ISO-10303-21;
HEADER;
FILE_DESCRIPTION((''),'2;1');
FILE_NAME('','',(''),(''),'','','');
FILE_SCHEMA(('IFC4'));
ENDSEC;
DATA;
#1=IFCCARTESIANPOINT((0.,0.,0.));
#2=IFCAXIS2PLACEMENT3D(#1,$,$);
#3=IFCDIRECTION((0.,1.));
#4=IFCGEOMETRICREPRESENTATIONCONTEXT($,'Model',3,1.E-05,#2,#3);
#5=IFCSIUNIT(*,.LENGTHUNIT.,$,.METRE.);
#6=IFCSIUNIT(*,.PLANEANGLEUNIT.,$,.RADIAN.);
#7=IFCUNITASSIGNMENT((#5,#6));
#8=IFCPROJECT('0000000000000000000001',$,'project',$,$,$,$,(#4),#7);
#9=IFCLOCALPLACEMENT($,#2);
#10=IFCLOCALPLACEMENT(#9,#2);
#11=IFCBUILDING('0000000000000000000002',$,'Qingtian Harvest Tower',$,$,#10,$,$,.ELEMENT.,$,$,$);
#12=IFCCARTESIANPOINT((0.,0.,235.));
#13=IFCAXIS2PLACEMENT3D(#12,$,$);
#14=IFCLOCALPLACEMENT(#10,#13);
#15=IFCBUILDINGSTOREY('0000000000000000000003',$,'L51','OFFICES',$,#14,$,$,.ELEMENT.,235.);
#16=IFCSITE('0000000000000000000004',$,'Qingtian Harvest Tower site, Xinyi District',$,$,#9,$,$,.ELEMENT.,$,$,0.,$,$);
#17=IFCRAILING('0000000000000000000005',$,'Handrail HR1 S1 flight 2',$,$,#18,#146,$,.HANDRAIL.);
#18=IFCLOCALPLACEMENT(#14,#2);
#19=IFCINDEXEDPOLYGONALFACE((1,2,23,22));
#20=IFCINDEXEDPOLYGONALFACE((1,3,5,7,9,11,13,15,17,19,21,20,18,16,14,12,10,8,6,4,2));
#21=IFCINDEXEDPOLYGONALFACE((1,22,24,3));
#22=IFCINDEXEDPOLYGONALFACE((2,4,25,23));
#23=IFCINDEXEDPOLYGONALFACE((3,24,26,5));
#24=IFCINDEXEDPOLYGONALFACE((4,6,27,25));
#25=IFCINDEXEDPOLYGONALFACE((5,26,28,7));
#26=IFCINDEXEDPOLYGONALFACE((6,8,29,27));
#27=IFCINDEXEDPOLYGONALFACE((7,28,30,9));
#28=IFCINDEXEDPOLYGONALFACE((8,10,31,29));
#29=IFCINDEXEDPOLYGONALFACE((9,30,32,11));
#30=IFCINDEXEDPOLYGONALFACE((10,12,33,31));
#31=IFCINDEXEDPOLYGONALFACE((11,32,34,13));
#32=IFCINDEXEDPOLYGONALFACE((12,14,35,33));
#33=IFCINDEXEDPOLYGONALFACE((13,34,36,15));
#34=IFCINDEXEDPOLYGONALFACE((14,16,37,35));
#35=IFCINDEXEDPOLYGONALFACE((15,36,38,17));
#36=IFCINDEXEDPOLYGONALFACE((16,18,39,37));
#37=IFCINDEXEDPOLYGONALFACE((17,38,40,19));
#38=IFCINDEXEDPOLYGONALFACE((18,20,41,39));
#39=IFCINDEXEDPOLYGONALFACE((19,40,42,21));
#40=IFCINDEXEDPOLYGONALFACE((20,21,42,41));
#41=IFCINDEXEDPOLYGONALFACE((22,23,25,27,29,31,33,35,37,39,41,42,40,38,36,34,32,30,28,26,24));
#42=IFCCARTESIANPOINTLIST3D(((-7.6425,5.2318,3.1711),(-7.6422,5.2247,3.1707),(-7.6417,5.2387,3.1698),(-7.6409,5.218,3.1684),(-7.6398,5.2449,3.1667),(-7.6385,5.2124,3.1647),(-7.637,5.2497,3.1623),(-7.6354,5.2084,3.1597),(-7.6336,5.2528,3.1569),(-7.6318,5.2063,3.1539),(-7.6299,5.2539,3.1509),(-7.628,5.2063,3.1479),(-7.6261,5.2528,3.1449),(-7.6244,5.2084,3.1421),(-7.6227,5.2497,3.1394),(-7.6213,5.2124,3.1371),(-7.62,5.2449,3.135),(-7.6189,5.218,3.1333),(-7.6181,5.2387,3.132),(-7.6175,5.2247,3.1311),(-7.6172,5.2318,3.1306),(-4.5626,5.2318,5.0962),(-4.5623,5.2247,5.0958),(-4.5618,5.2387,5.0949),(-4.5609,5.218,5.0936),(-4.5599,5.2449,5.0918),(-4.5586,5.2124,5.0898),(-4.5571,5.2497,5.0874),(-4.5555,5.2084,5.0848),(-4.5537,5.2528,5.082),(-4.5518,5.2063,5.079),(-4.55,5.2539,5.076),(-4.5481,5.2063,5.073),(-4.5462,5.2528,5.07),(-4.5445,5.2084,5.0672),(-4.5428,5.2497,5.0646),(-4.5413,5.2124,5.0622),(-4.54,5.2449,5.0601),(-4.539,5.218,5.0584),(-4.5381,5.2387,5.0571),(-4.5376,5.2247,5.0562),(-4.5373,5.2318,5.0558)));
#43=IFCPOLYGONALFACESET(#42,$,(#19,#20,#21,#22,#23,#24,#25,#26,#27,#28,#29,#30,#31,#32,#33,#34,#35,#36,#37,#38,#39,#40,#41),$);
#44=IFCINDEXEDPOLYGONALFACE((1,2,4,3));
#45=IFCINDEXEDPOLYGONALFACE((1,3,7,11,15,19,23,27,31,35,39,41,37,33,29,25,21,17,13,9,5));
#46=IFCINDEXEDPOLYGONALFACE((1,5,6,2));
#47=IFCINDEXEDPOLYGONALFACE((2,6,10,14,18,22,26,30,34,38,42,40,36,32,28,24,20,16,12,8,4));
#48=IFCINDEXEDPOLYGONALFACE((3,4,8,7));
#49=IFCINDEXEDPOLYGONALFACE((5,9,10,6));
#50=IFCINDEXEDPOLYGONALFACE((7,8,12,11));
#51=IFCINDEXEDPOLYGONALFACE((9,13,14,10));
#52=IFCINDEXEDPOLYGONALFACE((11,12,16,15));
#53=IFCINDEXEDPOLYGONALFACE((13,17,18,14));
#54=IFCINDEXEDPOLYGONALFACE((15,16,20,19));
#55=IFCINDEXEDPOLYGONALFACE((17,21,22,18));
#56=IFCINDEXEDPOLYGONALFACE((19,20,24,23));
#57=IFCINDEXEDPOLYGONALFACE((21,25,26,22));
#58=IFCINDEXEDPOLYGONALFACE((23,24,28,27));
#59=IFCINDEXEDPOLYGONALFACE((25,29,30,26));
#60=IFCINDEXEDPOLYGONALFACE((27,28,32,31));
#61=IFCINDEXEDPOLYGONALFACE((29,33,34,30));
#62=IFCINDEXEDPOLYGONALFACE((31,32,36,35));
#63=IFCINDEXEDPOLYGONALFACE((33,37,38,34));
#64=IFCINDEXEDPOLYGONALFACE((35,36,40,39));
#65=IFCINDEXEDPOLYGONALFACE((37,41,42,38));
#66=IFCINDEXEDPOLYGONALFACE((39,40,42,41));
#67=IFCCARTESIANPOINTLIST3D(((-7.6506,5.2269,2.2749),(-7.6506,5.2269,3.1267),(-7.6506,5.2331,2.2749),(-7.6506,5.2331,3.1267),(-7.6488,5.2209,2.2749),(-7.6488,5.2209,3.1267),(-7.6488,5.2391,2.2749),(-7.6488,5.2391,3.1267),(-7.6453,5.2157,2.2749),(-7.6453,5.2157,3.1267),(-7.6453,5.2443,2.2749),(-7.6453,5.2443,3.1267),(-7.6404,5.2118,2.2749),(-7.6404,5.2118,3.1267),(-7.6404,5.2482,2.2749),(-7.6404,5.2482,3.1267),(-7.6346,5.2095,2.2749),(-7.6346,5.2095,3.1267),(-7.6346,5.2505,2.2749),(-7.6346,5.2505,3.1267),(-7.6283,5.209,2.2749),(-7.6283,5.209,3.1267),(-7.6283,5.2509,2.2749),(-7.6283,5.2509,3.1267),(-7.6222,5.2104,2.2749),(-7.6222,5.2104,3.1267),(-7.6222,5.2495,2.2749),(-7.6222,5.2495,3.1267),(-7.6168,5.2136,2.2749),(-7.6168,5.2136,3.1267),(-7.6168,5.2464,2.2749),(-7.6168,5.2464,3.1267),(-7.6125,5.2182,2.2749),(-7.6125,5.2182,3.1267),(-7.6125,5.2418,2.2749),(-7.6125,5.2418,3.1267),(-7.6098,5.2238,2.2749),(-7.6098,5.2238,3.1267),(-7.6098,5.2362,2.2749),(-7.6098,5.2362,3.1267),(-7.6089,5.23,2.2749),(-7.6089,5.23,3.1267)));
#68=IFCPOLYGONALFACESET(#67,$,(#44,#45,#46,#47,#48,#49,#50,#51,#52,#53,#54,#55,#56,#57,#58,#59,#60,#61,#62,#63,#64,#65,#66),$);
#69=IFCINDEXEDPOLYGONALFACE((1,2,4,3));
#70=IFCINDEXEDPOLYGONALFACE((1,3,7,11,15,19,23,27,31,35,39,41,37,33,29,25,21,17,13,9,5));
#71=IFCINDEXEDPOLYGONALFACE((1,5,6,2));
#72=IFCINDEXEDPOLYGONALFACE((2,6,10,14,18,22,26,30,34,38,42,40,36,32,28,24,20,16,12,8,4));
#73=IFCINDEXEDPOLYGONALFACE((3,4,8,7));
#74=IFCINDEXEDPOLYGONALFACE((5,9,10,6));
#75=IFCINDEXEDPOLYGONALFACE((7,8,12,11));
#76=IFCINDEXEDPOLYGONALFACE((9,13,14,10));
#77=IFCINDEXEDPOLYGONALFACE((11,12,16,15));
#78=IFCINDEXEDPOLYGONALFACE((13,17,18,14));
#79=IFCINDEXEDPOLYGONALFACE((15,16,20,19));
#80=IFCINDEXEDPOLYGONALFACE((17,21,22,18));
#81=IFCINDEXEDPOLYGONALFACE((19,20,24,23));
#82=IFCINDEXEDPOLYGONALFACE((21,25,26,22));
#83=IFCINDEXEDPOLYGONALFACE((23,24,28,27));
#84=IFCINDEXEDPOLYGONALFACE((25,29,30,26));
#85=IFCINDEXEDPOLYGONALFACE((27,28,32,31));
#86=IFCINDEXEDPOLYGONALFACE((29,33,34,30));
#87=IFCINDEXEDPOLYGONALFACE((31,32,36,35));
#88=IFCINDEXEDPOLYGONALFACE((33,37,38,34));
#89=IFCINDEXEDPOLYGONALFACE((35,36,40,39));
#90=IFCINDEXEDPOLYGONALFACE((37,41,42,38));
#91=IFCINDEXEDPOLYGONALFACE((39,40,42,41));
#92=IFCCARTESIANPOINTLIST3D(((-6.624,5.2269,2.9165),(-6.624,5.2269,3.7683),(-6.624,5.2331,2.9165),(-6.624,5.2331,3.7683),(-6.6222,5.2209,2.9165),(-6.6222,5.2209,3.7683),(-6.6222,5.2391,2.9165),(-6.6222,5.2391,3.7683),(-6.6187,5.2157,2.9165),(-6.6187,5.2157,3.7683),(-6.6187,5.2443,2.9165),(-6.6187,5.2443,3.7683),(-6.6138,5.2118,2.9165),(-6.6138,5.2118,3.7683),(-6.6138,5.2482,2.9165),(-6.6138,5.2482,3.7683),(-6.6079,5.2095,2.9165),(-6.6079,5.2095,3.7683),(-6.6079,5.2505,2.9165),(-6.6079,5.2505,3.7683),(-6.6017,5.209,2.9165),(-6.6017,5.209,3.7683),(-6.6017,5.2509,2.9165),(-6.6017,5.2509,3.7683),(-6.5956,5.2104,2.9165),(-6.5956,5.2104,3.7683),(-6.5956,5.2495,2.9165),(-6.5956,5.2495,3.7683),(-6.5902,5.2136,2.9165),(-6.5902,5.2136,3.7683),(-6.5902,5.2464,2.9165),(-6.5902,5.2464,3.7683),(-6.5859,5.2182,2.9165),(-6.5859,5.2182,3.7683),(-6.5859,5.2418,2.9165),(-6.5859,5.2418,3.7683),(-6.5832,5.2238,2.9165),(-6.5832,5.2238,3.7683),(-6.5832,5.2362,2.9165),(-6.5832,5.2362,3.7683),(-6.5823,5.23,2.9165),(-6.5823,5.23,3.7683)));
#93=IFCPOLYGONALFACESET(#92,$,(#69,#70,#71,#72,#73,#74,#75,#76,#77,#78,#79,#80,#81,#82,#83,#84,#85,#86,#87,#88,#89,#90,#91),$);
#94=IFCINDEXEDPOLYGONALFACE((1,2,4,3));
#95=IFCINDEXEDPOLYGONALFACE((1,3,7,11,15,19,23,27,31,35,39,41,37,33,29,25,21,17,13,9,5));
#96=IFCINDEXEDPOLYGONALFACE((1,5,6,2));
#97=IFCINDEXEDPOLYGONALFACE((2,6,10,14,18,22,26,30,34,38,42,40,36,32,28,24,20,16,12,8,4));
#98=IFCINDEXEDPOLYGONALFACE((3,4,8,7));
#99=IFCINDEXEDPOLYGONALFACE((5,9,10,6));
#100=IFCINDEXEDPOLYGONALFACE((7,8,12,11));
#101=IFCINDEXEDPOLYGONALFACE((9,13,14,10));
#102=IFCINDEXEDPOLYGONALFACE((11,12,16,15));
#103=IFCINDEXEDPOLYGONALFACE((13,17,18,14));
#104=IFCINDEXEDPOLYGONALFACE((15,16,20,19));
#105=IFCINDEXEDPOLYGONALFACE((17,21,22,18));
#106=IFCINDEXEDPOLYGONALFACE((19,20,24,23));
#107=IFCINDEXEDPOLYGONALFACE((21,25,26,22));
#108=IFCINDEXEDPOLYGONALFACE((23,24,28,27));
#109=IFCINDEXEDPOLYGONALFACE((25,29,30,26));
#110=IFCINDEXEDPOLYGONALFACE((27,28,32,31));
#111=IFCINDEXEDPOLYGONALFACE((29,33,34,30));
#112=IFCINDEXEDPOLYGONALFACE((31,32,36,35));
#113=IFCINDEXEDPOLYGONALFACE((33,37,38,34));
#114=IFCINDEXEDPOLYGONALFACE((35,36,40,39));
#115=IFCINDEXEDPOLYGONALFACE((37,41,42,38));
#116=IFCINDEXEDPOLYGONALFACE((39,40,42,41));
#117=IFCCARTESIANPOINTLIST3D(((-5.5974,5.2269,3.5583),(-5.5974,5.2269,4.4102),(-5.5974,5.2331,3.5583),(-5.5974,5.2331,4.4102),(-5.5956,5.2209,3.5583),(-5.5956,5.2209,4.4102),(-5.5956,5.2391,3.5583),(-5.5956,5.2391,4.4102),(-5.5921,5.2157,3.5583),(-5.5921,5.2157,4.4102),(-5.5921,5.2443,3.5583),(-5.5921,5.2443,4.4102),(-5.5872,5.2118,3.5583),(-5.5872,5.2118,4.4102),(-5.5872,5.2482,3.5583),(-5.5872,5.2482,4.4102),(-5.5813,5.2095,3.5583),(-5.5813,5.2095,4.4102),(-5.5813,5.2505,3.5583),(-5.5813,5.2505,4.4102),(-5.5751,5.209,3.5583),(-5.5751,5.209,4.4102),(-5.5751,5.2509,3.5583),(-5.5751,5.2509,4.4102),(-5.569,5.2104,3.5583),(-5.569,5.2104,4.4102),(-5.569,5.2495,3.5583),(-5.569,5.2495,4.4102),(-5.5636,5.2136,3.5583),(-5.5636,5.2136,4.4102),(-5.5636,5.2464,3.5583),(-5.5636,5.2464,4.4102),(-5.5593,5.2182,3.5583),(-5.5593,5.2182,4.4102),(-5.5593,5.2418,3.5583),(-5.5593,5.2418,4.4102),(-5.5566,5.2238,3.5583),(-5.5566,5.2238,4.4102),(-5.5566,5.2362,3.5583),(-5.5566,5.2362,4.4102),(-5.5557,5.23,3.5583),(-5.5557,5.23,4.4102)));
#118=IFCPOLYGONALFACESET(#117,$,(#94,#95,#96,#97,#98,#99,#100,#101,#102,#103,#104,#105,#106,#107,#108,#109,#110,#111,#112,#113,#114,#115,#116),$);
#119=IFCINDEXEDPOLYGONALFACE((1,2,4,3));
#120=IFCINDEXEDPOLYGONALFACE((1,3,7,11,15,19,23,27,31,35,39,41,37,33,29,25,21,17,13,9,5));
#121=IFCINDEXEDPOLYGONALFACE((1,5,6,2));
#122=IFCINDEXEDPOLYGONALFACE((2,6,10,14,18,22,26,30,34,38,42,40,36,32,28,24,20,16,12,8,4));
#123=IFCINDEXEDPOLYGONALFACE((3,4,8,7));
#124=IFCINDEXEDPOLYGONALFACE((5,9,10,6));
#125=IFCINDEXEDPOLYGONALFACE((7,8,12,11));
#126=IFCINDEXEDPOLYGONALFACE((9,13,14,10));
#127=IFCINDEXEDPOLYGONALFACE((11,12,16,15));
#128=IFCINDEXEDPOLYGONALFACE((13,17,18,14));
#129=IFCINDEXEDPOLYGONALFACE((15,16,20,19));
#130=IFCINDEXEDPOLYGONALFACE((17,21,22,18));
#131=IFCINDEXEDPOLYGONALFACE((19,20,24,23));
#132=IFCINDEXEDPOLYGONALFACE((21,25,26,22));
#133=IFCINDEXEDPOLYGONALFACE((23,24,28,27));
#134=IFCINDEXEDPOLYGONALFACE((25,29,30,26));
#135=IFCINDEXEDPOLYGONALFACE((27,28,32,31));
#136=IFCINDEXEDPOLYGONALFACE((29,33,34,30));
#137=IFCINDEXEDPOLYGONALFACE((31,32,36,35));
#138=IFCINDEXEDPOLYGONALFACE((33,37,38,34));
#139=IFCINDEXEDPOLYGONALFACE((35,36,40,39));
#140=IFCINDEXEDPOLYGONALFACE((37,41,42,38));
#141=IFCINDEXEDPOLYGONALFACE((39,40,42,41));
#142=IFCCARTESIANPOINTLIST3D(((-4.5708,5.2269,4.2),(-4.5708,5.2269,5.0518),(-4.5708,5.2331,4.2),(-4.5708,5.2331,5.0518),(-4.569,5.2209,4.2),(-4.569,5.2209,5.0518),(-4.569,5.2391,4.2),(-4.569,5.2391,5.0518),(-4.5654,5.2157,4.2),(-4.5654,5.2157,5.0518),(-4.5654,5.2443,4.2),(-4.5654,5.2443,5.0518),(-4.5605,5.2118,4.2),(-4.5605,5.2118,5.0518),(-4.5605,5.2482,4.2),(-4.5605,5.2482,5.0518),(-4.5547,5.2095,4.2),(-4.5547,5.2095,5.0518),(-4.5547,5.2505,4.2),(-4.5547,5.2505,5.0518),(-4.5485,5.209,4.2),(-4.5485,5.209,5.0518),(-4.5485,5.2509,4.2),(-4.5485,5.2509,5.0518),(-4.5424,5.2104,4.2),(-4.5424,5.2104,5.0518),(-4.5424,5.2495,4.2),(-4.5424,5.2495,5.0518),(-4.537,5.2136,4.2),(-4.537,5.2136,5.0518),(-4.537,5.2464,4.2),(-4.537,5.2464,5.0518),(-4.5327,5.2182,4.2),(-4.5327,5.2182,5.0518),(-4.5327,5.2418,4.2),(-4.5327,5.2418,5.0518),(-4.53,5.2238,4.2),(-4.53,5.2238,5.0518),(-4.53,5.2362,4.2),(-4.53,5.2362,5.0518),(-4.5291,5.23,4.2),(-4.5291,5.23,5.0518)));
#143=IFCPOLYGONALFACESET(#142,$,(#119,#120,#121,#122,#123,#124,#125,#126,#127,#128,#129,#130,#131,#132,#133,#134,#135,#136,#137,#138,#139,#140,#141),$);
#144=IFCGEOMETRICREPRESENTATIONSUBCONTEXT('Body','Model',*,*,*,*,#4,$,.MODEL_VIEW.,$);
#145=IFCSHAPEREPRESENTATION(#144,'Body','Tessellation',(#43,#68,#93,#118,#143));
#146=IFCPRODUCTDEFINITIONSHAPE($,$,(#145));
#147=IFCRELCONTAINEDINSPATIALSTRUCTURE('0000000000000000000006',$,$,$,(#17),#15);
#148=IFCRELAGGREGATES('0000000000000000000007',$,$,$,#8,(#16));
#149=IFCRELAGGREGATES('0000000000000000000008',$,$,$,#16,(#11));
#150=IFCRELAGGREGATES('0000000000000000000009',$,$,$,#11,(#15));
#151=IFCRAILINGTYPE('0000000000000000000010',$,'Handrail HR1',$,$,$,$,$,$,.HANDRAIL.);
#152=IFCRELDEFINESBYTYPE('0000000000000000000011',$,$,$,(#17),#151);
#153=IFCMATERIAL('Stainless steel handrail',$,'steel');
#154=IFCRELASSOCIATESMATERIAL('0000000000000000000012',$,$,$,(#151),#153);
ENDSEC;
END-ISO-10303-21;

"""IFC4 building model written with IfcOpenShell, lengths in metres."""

from ifc_helpers import new_model, si_unit, direction, frame, origin, origin_2d, place, context, subcontext, project, spatial, circle, extrude, material, type_object, element, save


model = new_model("IFC4")

# Units and contexts
model_context = context("Model", 3, precision=1e-05, world=origin(), true_north=direction((0.0, 1.0)))
body_context = subcontext(model_context, "Body", "Model", "MODEL_VIEW")
ifc_project = project(units=[si_unit("LENGTHUNIT", "METRE"), si_unit("PLANEANGLEUNIT", "RADIAN")], contexts=[model_context])

# Site, building, storey
site_placement = place(None, origin())
site = spatial("IfcSite", under=ifc_project, at=site_placement, Name="Qingtian Harvest Tower site, Xinyi District", CompositionType="ELEMENT", RefElevation=0.0)
building_placement = place(site_placement, origin())
building = spatial("IfcBuilding", under=site, at=building_placement, Name="Qingtian Harvest Tower", CompositionType="ELEMENT")
storey_placement = place(building_placement, frame((0.0, 0.0, 235.0)))
storey = spatial("IfcBuildingStorey", under=building, at=storey_placement, Name="L51", Description="OFFICES", CompositionType="ELEMENT", Elevation=235.0)

# Railing
ifc_material_1 = material(Name="Stainless steel handrail", Category="steel")
railing_type = type_object("IfcRailingType", Name="Handrail HR1", PredefinedType="HANDRAIL", material=ifc_material_1)
railing_1_placement = place(storey_placement, frame((-7.6299, 5.23, 2.2749)))
element("IfcRailing", 1, at=railing_1_placement, inside=storey, type_object=railing_type, Name="Handrail HR1 S1 flight 2", PredefinedType="HANDRAIL", context=body_context, shape_type="SweptSolid", body=[
    extrude(circle(Radius=0.0239, at=origin_2d()), frame((0.0, 0.0, 0.876), z_axis=(0.847979, 0.0, 0.530029), x_axis=(0.0, 1.0, 0.0)), (0.0, 0.0, 1.0), 3.6321),
    extrude(circle(Radius=0.021, at=origin_2d()), origin(), (0.0, 0.0, 1.0), 0.8518),
    extrude(circle(Radius=0.021, at=origin_2d()), frame((1.0266, 0.0, 0.6416)), (0.0, 0.0, 1.0), 0.8518),
    extrude(circle(Radius=0.021, at=origin_2d()), frame((2.0532, 0.0, 1.2834)), (0.0, 0.0, 1.0), 0.8518),
    extrude(circle(Radius=0.021, at=origin_2d()), frame((3.0798, 0.0, 1.925)), (0.0, 0.0, 1.0), 0.8518),
])

save(model, "model.ifc")
